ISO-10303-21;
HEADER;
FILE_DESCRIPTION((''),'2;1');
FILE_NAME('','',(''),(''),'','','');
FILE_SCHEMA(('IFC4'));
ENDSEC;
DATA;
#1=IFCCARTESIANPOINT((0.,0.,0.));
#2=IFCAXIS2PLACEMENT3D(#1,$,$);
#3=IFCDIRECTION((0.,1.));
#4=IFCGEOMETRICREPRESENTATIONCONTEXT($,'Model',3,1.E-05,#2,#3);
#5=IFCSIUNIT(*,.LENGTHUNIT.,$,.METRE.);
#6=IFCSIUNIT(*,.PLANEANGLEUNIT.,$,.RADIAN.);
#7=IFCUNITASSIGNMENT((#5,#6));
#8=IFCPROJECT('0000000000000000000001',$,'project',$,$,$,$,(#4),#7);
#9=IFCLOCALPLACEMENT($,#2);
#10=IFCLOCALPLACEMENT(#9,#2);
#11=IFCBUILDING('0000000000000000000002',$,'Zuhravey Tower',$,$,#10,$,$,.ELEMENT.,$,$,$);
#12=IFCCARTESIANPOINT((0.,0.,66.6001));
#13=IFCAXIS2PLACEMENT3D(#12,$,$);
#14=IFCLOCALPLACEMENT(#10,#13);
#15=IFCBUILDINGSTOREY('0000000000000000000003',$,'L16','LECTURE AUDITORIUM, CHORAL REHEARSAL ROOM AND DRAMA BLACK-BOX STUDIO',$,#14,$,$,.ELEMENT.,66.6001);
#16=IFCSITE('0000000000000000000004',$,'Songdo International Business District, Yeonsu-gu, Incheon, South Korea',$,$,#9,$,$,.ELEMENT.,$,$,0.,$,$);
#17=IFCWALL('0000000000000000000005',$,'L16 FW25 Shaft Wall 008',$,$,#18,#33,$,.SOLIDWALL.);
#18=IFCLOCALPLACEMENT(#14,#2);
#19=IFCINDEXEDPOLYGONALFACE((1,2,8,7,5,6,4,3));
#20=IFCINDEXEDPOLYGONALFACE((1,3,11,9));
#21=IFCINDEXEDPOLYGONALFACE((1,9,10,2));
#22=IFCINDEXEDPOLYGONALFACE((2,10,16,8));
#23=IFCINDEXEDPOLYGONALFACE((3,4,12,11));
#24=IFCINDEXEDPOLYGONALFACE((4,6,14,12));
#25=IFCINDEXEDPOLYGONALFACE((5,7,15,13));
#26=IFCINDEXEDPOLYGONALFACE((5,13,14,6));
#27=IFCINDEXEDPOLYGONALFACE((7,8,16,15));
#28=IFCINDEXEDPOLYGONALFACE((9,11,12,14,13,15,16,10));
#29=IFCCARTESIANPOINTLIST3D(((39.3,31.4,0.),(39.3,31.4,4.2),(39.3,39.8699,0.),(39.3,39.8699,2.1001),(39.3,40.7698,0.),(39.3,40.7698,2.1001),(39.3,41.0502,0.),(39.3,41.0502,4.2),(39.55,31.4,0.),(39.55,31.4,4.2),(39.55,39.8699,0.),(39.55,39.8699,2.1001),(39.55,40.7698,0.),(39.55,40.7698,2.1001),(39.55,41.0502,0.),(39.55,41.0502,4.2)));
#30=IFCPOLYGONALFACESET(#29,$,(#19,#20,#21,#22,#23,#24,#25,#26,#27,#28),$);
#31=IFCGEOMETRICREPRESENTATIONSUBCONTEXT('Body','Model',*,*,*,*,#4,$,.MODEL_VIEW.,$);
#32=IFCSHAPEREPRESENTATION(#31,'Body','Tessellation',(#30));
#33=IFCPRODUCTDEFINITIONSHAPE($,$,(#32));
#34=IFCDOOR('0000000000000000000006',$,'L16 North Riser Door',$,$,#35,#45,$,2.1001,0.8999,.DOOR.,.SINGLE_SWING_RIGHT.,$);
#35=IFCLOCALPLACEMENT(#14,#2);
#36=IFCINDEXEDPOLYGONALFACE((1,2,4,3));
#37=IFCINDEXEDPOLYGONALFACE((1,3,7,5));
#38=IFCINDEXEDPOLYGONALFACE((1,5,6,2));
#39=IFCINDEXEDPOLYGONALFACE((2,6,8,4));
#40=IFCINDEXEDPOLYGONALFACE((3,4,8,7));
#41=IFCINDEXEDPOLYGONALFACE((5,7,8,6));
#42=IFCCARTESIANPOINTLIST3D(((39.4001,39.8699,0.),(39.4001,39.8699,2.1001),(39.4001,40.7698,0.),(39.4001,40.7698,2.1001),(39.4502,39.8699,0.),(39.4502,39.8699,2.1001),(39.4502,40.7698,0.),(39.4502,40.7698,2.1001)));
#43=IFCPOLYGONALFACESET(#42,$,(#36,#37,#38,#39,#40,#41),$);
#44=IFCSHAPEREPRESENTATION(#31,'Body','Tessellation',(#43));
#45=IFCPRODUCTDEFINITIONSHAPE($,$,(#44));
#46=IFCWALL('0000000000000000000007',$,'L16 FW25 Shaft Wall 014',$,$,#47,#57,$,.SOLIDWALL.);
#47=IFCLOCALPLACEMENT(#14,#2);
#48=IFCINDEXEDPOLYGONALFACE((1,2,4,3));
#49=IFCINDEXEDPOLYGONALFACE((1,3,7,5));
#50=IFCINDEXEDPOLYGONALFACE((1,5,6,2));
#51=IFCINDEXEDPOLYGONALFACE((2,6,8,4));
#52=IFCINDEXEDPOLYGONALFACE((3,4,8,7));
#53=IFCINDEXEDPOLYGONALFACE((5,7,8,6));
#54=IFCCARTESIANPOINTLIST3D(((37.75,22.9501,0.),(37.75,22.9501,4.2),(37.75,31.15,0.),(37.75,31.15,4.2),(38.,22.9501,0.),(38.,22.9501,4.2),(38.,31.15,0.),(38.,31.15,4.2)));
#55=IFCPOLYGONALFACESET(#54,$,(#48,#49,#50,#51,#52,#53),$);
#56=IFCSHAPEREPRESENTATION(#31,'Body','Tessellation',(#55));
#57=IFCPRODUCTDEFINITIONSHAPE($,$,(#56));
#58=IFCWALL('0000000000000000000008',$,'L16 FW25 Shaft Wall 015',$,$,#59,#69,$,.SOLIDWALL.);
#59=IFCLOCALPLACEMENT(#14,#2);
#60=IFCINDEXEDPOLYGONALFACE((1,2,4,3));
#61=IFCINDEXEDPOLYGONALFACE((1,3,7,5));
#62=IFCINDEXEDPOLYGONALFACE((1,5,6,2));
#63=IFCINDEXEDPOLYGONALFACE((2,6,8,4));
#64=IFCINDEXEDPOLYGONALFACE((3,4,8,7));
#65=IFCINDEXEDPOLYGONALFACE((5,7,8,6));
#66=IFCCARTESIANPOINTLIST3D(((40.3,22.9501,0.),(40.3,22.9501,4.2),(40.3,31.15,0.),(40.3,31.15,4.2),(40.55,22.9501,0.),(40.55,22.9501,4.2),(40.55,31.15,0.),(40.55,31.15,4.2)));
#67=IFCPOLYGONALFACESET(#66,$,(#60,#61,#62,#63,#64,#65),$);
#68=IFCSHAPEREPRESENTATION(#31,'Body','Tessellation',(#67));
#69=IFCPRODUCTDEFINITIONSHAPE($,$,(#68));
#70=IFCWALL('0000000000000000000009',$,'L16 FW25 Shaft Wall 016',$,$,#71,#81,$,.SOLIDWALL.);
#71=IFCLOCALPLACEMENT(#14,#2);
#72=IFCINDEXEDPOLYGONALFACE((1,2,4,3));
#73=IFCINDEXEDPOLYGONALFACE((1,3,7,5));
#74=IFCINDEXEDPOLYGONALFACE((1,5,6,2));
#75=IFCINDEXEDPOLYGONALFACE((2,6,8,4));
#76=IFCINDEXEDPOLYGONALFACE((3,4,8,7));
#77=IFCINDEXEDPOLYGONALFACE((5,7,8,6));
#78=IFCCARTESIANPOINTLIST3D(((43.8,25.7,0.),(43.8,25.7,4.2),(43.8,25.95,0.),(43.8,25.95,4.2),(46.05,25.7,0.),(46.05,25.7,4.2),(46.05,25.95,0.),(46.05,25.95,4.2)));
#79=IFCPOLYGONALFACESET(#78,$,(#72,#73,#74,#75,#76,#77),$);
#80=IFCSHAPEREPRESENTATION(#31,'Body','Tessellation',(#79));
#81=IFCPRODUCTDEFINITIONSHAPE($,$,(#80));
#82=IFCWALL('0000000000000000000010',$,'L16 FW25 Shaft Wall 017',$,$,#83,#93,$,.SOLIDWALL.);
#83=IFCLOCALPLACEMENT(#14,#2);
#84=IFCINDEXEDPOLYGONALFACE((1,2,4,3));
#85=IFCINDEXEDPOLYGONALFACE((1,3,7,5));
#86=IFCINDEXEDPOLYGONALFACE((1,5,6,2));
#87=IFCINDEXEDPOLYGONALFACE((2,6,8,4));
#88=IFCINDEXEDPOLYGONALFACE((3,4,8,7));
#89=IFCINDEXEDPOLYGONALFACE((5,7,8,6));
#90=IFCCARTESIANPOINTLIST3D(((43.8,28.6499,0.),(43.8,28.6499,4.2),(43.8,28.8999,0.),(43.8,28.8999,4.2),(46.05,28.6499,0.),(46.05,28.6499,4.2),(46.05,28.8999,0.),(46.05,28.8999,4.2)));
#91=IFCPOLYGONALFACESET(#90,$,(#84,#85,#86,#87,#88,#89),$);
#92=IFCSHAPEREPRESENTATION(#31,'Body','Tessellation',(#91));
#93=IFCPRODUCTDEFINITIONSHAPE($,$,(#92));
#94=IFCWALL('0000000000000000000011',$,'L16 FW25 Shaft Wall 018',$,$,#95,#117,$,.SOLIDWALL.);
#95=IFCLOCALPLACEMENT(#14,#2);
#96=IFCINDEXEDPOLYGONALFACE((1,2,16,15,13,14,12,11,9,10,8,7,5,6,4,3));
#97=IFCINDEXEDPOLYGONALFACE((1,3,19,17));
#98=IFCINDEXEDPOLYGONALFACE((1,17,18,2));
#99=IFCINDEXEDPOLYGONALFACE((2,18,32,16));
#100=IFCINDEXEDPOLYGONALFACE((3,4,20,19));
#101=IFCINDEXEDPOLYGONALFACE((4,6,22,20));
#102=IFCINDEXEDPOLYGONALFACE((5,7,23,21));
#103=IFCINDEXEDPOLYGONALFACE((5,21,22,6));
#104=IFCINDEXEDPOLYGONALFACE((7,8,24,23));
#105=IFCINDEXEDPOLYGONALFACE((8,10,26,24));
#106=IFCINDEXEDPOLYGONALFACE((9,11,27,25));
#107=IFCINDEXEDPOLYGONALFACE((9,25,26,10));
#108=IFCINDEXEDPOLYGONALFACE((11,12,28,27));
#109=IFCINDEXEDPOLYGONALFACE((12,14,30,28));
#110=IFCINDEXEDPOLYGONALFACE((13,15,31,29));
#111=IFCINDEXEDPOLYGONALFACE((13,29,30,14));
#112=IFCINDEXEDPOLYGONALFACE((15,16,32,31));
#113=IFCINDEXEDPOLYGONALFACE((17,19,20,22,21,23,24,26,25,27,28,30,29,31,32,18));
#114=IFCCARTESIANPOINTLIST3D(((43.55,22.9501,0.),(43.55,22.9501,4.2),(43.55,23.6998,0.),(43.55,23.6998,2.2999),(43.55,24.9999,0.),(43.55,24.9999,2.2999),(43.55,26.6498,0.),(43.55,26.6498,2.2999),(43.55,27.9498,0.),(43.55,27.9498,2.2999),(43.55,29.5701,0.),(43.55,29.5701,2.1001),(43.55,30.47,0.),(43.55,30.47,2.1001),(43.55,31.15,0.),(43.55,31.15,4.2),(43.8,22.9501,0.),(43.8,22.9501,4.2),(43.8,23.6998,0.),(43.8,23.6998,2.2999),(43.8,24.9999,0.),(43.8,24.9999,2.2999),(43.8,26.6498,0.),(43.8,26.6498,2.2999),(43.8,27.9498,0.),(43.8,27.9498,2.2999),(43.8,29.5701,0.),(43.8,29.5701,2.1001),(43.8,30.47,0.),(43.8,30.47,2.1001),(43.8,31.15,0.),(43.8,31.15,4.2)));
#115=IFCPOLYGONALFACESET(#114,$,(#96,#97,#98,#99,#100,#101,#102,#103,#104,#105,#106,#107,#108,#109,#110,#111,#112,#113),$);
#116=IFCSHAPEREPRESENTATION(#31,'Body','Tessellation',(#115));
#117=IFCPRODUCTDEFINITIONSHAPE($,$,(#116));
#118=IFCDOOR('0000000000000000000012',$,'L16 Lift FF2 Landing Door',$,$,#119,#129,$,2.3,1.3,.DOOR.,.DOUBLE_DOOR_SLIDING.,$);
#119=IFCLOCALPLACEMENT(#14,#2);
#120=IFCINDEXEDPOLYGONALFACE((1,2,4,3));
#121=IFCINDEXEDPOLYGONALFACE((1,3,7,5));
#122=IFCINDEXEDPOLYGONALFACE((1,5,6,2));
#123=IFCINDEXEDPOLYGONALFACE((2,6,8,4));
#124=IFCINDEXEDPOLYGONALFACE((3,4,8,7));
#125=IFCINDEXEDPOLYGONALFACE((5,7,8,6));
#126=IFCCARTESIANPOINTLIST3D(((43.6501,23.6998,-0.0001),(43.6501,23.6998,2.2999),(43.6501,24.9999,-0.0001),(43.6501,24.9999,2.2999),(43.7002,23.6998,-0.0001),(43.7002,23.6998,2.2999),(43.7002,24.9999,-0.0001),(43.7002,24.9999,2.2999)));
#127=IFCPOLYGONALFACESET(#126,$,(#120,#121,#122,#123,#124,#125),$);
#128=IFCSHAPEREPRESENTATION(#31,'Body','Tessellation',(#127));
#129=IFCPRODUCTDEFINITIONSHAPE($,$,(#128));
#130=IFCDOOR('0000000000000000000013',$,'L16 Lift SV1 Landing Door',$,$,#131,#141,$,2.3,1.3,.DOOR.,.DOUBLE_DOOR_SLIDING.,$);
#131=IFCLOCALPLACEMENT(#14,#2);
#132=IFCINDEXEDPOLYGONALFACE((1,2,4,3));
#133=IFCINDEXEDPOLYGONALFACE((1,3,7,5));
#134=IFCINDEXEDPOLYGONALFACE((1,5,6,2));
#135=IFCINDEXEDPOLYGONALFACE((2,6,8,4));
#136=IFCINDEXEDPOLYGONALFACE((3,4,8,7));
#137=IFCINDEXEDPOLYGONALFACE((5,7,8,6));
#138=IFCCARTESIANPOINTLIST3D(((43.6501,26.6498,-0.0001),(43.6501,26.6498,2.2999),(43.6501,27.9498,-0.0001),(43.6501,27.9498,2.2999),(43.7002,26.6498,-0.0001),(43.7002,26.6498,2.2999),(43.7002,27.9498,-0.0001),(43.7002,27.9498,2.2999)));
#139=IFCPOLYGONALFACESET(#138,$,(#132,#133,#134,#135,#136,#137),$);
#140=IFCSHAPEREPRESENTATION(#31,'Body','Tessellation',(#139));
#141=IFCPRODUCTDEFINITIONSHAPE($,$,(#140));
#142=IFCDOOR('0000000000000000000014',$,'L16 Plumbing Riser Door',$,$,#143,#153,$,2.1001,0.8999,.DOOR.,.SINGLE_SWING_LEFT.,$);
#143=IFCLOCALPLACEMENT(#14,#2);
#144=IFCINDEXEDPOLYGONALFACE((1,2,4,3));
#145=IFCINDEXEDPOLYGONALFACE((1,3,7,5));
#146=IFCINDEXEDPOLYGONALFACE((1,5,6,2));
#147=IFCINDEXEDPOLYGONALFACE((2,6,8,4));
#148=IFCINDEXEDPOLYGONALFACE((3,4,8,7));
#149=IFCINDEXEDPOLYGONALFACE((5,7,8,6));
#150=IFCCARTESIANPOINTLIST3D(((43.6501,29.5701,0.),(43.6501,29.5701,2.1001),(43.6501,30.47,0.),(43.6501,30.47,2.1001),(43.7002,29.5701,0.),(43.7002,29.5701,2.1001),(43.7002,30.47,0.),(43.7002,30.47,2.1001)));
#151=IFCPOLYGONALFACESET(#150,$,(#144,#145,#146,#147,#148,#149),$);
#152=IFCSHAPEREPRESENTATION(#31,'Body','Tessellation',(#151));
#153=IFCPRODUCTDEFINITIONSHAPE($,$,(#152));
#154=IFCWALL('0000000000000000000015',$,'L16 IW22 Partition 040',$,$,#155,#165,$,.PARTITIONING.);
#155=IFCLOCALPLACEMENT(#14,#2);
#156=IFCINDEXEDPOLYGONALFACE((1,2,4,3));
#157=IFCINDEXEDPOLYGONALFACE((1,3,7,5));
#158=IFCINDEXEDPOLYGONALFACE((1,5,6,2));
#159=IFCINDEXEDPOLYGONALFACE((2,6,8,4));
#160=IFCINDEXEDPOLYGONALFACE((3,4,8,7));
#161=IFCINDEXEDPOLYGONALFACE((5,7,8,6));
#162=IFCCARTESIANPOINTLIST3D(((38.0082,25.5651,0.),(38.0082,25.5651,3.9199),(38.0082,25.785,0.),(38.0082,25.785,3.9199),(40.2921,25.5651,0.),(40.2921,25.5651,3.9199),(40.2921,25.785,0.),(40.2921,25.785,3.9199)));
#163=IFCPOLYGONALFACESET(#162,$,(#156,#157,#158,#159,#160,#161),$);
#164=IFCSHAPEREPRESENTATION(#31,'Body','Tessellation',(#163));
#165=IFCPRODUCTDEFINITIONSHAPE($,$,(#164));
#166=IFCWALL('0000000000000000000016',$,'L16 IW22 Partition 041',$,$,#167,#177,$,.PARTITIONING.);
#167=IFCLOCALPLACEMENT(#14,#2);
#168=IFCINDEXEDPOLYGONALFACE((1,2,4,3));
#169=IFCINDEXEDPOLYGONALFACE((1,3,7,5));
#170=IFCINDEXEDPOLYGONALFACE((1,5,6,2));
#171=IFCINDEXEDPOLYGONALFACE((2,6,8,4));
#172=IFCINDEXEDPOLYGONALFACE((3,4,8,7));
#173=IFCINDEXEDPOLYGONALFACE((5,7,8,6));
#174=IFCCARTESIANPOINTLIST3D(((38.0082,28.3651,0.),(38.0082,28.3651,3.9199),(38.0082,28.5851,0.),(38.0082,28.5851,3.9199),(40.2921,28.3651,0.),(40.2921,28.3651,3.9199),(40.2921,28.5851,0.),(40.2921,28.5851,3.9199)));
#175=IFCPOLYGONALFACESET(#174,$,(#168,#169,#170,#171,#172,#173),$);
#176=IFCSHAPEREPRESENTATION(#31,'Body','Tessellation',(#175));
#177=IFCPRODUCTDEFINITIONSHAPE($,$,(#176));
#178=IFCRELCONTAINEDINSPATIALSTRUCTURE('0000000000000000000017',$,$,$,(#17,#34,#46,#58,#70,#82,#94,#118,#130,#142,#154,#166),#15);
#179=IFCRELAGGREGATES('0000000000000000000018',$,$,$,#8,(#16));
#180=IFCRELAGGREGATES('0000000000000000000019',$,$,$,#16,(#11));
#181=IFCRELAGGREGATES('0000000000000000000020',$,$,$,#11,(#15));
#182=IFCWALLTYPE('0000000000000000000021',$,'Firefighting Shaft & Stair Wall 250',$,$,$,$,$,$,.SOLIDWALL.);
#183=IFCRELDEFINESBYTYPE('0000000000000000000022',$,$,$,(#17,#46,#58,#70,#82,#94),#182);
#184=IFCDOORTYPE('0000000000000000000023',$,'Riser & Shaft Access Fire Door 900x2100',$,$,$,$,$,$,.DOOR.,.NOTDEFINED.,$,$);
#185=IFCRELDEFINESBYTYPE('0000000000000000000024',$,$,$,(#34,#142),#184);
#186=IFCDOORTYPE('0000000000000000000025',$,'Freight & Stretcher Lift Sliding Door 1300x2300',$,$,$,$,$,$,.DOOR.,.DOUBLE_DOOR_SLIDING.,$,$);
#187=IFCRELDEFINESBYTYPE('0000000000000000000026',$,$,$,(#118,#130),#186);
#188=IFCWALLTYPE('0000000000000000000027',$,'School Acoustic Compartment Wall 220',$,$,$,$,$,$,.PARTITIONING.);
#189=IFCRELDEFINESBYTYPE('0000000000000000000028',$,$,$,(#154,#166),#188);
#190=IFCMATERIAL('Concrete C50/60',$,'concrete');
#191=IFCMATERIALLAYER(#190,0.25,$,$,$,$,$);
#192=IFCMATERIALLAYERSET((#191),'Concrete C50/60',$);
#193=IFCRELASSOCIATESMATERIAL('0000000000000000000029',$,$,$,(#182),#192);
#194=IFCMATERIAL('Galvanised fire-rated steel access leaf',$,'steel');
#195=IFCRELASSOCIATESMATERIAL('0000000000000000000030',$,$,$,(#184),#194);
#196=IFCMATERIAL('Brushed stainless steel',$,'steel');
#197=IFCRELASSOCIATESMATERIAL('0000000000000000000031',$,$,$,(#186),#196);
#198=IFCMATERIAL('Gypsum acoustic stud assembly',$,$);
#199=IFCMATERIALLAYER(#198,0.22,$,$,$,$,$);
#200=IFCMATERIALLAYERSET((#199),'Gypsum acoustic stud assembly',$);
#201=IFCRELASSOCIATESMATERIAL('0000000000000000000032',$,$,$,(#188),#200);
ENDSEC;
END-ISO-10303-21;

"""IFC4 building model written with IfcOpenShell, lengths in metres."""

from ifc_helpers import new_model, si_unit, direction, frame, frame_2d, origin, place, context, subcontext, project, spatial, rectangle, extrude, material, layer, layer_set, type_object, element, fill, save


model = new_model("IFC4")

# Units and contexts
model_context = context("Model", 3, precision=1e-05, world=origin(), true_north=direction((0.0, 1.0)))
body_context = subcontext(model_context, "Body", "Model", "MODEL_VIEW")
ifc_project = project(units=[si_unit("LENGTHUNIT", "METRE"), si_unit("PLANEANGLEUNIT", "RADIAN")], contexts=[model_context])

# Site, building, storey
site_placement = place(None, origin())
site = spatial("IfcSite", under=ifc_project, at=site_placement, Name="Songdo International Business District, Yeonsu-gu, Incheon, South Korea", CompositionType="ELEMENT", RefElevation=0.0)
building_placement = place(site_placement, origin())
building = spatial("IfcBuilding", under=site, at=building_placement, Name="Zuhravey Tower", CompositionType="ELEMENT")
storey_placement = place(building_placement, frame((0.0, 0.0, 66.6001)))
storey = spatial("IfcBuildingStorey", under=building, at=storey_placement, Name="L16", Description="LECTURE AUDITORIUM, CHORAL REHEARSAL ROOM AND DRAMA BLACK-BOX STUDIO", CompositionType="ELEMENT", Elevation=66.6001)

# Shared definitions
ifc_material_1 = material(Name="Concrete C50/60", Category="concrete")
ifc_layer_1 = layer(ifc_material_1, 0.25)
ifc_layer_set_1 = layer_set([ifc_layer_1], Name="Concrete C50/60")
wall_type_1 = type_object("IfcWallType", Name="Firefighting Shaft & Stair Wall 250", PredefinedType="SOLIDWALL", material=ifc_layer_set_1)

# Shared definitions
ifc_material_2 = material(Name="Galvanised fire-rated steel access leaf", Category="steel")
door_type_1 = type_object("IfcDoorType", Name="Riser & Shaft Access Fire Door 900x2100", OperationType="NOTDEFINED", PredefinedType="DOOR", material=ifc_material_2)

# Wall, opening, door
wall_1_placement = place(storey_placement, frame((39.425, 31.3999, 0.0), z_axis=(0.0, 0.0, 1.0), x_axis=(0.0, 1.0, 0.0)))
wall_1 = element("IfcWall", 1, at=wall_1_placement, inside=storey, type_object=wall_type_1, Name="L16 FW25 Shaft Wall 008", PredefinedType="SOLIDWALL", context=body_context, shape_type="SweptSolid", body=[
    extrude(rectangle(XDim=9.6501, YDim=0.25, at=frame_2d((4.8252, 0.0))), origin(), (0.0, 0.0, 1.0), 4.2),
])
opening_1_placement = place(wall_1_placement, frame((8.47, 0.0, 0.0)))
opening_1 = element("IfcOpeningElement", 2, at=opening_1_placement, cuts=wall_1, PredefinedType="OPENING", context=body_context, shape_type="SweptSolid", body=[
    extrude(rectangle(XDim=0.8999, YDim=2.1001, at=frame_2d((0.45, 1.05))), frame((0.0, 0.137, 0.0), z_axis=(0.0, -1.0, 0.0), x_axis=(1.0, 0.0, 0.0)), (0.0, 0.0, 1.0), 0.2739),
])
door_1_placement = place(opening_1_placement, origin())
door_1 = element("IfcDoor", 3, at=door_1_placement, inside=storey, type_object=door_type_1, Name="L16 North Riser Door", OperationType="SINGLE_SWING_RIGHT", OverallHeight=2.1001, OverallWidth=0.8999, PredefinedType="DOOR", context=body_context, shape_type="SweptSolid", body=[
    extrude(rectangle(XDim=0.8999, YDim=2.1001, at=frame_2d((0.45, 1.05))), frame((0.0, 0.0249, 0.0), z_axis=(0.0, -1.0, 0.0), x_axis=(1.0, 0.0, 0.0)), (0.0, 0.0, 1.0), 0.05),
])
fill(opening_1, door_1)

# Walls
for number, where, z_axis, x_axis, name in (
    (4, (37.875, 22.95, 0.0), (0.0, 0.0, 1.0), (0.0, 1.0, 0.0), "L16 FW25 Shaft Wall 014"),
    (5, (40.425, 22.95, 0.0), (0.0, 0.0, 1.0), (0.0, 1.0, 0.0), "L16 FW25 Shaft Wall 015"),
):
    element("IfcWall", number, at=place(storey_placement, frame(where, z_axis=z_axis, x_axis=x_axis)), inside=storey, type_object=wall_type_1, Name=name, PredefinedType="SOLIDWALL", context=body_context, shape_type="SweptSolid", body=[
        extrude(rectangle(XDim=8.2, YDim=0.25, at=frame_2d((4.1001, 0.0))), origin(), (0.0, 0.0, 1.0), 4.2),
    ])
for number, where, z_axis, x_axis, name in (
    (6, (43.8, 25.825, 0.0), (0.0, 0.0, 1.0), (1.0, 0.0, 0.0), "L16 FW25 Shaft Wall 016"),
    (7, (43.8, 28.7749, 0.0), (0.0, 0.0, 1.0), (1.0, 0.0, 0.0), "L16 FW25 Shaft Wall 017"),
):
    element("IfcWall", number, at=place(storey_placement, frame(where, z_axis=z_axis, x_axis=x_axis)), inside=storey, type_object=wall_type_1, Name=name, PredefinedType="SOLIDWALL", context=body_context, shape_type="SweptSolid", body=[
        extrude(rectangle(XDim=2.25, YDim=0.25, at=frame_2d((1.125, 0.0))), origin(), (0.0, 0.0, 1.0), 4.2),
    ])

# Wall, openings, doors
wall_2_placement = place(storey_placement, frame((43.675, 22.95, 0.0), z_axis=(0.0, 0.0, 1.0), x_axis=(0.0, 1.0, 0.0)))
wall_2 = element("IfcWall", 8, at=wall_2_placement, inside=storey, type_object=wall_type_1, Name="L16 FW25 Shaft Wall 018", PredefinedType="SOLIDWALL", context=body_context, shape_type="SweptSolid", body=[
    extrude(rectangle(XDim=8.2, YDim=0.25, at=frame_2d((4.1001, 0.0))), origin(), (0.0, 0.0, 1.0), 4.2),
])
opening_2_placement = place(wall_2_placement, frame((0.75, 0.0, 0.0)))
opening_2 = element("IfcOpeningElement", 9, at=opening_2_placement, cuts=wall_2, PredefinedType="OPENING", context=body_context, shape_type="SweptSolid", body=[
    extrude(rectangle(XDim=1.3, YDim=2.3, at=frame_2d((0.6499, 1.1499))), frame((0.0, 0.137, 0.0), z_axis=(0.0, -1.0, 0.0), x_axis=(1.0, 0.0, 0.0)), (0.0, 0.0, 1.0), 0.2739),
])
opening_3_placement = place(wall_2_placement, frame((3.7, 0.0, 0.0)))
opening_3 = element("IfcOpeningElement", 10, at=opening_3_placement, cuts=wall_2, PredefinedType="OPENING", context=body_context, shape_type="SweptSolid", body=[
    extrude(rectangle(XDim=1.3, YDim=2.3, at=frame_2d((0.6499, 1.1499))), frame((0.0, 0.137, 0.0), z_axis=(0.0, -1.0, 0.0), x_axis=(1.0, 0.0, 0.0)), (0.0, 0.0, 1.0), 0.2739),
])
opening_4_placement = place(wall_2_placement, frame((6.6201, 0.0, 0.0)))
opening_4 = element("IfcOpeningElement", 11, at=opening_4_placement, cuts=wall_2, PredefinedType="OPENING", context=body_context, shape_type="SweptSolid", body=[
    extrude(rectangle(XDim=0.8999, YDim=2.1001, at=frame_2d((0.45, 1.05))), frame((0.0, 0.137, 0.0), z_axis=(0.0, -1.0, 0.0), x_axis=(1.0, 0.0, 0.0)), (0.0, 0.0, 1.0), 0.2739),
])
ifc_material_3 = material(Name="Brushed stainless steel", Category="steel")
door_type_2 = type_object("IfcDoorType", Name="Freight & Stretcher Lift Sliding Door 1300x2300", OperationType="DOUBLE_DOOR_SLIDING", PredefinedType="DOOR", material=ifc_material_3)
door_2_placement = place(opening_2_placement, origin())
door_2 = element("IfcDoor", 12, at=door_2_placement, inside=storey, type_object=door_type_2, Name="L16 Lift FF2 Landing Door", OperationType="DOUBLE_DOOR_SLIDING", OverallHeight=2.3, OverallWidth=1.3, PredefinedType="DOOR", context=body_context, shape_type="SweptSolid", body=[
    extrude(rectangle(XDim=1.3, YDim=2.3, at=frame_2d((0.6499, 1.1499))), frame((0.0, 0.0249, 0.0), z_axis=(0.0, -1.0, 0.0), x_axis=(1.0, 0.0, 0.0)), (0.0, 0.0, 1.0), 0.05),
])
fill(opening_2, door_2)
door_3_placement = place(opening_3_placement, origin())
door_3 = element("IfcDoor", 13, at=door_3_placement, inside=storey, type_object=door_type_2, Name="L16 Lift SV1 Landing Door", OperationType="DOUBLE_DOOR_SLIDING", OverallHeight=2.3, OverallWidth=1.3, PredefinedType="DOOR", context=body_context, shape_type="SweptSolid", body=[
    extrude(rectangle(XDim=1.3, YDim=2.3, at=frame_2d((0.6499, 1.1499))), frame((0.0, 0.0249, 0.0), z_axis=(0.0, -1.0, 0.0), x_axis=(1.0, 0.0, 0.0)), (0.0, 0.0, 1.0), 0.05),
])
fill(opening_3, door_3)
door_4_placement = place(opening_4_placement, origin())
door_4 = element("IfcDoor", 14, at=door_4_placement, inside=storey, type_object=door_type_1, Name="L16 Plumbing Riser Door", OperationType="SINGLE_SWING_LEFT", OverallHeight=2.1001, OverallWidth=0.8999, PredefinedType="DOOR", context=body_context, shape_type="SweptSolid", body=[
    extrude(rectangle(XDim=0.8999, YDim=2.1001, at=frame_2d((0.45, 1.05))), frame((0.0, 0.0249, 0.0), z_axis=(0.0, -1.0, 0.0), x_axis=(1.0, 0.0, 0.0)), (0.0, 0.0, 1.0), 0.05),
])
fill(opening_4, door_4)

# Walls
ifc_material_4 = material(Name="Gypsum acoustic stud assembly")
ifc_layer_2 = layer(ifc_material_4, 0.22)
ifc_layer_set_2 = layer_set([ifc_layer_2], Name="Gypsum acoustic stud assembly")
wall_type_2 = type_object("IfcWallType", Name="School Acoustic Compartment Wall 220", PredefinedType="PARTITIONING", material=ifc_layer_set_2)
for number, where, z_axis, x_axis, name in (
    (15, (38.0081, 25.675, 0.0), (0.0, 0.0, 1.0), (1.0, 0.0, 0.0), "L16 IW22 Partition 040"),
    (16, (38.0081, 28.4751, 0.0), (0.0, 0.0, 1.0), (1.0, 0.0, 0.0), "L16 IW22 Partition 041"),
):
    element("IfcWall", number, at=place(storey_placement, frame(where, z_axis=z_axis, x_axis=x_axis)), inside=storey, type_object=wall_type_2, Name=name, PredefinedType="PARTITIONING", context=body_context, shape_type="SweptSolid", body=[
        extrude(rectangle(XDim=2.2839, YDim=0.22, at=frame_2d((1.1421, 0.0))), origin(), (0.0, 0.0, 1.0), 3.9199),
    ])

save(model, "model.ifc")
